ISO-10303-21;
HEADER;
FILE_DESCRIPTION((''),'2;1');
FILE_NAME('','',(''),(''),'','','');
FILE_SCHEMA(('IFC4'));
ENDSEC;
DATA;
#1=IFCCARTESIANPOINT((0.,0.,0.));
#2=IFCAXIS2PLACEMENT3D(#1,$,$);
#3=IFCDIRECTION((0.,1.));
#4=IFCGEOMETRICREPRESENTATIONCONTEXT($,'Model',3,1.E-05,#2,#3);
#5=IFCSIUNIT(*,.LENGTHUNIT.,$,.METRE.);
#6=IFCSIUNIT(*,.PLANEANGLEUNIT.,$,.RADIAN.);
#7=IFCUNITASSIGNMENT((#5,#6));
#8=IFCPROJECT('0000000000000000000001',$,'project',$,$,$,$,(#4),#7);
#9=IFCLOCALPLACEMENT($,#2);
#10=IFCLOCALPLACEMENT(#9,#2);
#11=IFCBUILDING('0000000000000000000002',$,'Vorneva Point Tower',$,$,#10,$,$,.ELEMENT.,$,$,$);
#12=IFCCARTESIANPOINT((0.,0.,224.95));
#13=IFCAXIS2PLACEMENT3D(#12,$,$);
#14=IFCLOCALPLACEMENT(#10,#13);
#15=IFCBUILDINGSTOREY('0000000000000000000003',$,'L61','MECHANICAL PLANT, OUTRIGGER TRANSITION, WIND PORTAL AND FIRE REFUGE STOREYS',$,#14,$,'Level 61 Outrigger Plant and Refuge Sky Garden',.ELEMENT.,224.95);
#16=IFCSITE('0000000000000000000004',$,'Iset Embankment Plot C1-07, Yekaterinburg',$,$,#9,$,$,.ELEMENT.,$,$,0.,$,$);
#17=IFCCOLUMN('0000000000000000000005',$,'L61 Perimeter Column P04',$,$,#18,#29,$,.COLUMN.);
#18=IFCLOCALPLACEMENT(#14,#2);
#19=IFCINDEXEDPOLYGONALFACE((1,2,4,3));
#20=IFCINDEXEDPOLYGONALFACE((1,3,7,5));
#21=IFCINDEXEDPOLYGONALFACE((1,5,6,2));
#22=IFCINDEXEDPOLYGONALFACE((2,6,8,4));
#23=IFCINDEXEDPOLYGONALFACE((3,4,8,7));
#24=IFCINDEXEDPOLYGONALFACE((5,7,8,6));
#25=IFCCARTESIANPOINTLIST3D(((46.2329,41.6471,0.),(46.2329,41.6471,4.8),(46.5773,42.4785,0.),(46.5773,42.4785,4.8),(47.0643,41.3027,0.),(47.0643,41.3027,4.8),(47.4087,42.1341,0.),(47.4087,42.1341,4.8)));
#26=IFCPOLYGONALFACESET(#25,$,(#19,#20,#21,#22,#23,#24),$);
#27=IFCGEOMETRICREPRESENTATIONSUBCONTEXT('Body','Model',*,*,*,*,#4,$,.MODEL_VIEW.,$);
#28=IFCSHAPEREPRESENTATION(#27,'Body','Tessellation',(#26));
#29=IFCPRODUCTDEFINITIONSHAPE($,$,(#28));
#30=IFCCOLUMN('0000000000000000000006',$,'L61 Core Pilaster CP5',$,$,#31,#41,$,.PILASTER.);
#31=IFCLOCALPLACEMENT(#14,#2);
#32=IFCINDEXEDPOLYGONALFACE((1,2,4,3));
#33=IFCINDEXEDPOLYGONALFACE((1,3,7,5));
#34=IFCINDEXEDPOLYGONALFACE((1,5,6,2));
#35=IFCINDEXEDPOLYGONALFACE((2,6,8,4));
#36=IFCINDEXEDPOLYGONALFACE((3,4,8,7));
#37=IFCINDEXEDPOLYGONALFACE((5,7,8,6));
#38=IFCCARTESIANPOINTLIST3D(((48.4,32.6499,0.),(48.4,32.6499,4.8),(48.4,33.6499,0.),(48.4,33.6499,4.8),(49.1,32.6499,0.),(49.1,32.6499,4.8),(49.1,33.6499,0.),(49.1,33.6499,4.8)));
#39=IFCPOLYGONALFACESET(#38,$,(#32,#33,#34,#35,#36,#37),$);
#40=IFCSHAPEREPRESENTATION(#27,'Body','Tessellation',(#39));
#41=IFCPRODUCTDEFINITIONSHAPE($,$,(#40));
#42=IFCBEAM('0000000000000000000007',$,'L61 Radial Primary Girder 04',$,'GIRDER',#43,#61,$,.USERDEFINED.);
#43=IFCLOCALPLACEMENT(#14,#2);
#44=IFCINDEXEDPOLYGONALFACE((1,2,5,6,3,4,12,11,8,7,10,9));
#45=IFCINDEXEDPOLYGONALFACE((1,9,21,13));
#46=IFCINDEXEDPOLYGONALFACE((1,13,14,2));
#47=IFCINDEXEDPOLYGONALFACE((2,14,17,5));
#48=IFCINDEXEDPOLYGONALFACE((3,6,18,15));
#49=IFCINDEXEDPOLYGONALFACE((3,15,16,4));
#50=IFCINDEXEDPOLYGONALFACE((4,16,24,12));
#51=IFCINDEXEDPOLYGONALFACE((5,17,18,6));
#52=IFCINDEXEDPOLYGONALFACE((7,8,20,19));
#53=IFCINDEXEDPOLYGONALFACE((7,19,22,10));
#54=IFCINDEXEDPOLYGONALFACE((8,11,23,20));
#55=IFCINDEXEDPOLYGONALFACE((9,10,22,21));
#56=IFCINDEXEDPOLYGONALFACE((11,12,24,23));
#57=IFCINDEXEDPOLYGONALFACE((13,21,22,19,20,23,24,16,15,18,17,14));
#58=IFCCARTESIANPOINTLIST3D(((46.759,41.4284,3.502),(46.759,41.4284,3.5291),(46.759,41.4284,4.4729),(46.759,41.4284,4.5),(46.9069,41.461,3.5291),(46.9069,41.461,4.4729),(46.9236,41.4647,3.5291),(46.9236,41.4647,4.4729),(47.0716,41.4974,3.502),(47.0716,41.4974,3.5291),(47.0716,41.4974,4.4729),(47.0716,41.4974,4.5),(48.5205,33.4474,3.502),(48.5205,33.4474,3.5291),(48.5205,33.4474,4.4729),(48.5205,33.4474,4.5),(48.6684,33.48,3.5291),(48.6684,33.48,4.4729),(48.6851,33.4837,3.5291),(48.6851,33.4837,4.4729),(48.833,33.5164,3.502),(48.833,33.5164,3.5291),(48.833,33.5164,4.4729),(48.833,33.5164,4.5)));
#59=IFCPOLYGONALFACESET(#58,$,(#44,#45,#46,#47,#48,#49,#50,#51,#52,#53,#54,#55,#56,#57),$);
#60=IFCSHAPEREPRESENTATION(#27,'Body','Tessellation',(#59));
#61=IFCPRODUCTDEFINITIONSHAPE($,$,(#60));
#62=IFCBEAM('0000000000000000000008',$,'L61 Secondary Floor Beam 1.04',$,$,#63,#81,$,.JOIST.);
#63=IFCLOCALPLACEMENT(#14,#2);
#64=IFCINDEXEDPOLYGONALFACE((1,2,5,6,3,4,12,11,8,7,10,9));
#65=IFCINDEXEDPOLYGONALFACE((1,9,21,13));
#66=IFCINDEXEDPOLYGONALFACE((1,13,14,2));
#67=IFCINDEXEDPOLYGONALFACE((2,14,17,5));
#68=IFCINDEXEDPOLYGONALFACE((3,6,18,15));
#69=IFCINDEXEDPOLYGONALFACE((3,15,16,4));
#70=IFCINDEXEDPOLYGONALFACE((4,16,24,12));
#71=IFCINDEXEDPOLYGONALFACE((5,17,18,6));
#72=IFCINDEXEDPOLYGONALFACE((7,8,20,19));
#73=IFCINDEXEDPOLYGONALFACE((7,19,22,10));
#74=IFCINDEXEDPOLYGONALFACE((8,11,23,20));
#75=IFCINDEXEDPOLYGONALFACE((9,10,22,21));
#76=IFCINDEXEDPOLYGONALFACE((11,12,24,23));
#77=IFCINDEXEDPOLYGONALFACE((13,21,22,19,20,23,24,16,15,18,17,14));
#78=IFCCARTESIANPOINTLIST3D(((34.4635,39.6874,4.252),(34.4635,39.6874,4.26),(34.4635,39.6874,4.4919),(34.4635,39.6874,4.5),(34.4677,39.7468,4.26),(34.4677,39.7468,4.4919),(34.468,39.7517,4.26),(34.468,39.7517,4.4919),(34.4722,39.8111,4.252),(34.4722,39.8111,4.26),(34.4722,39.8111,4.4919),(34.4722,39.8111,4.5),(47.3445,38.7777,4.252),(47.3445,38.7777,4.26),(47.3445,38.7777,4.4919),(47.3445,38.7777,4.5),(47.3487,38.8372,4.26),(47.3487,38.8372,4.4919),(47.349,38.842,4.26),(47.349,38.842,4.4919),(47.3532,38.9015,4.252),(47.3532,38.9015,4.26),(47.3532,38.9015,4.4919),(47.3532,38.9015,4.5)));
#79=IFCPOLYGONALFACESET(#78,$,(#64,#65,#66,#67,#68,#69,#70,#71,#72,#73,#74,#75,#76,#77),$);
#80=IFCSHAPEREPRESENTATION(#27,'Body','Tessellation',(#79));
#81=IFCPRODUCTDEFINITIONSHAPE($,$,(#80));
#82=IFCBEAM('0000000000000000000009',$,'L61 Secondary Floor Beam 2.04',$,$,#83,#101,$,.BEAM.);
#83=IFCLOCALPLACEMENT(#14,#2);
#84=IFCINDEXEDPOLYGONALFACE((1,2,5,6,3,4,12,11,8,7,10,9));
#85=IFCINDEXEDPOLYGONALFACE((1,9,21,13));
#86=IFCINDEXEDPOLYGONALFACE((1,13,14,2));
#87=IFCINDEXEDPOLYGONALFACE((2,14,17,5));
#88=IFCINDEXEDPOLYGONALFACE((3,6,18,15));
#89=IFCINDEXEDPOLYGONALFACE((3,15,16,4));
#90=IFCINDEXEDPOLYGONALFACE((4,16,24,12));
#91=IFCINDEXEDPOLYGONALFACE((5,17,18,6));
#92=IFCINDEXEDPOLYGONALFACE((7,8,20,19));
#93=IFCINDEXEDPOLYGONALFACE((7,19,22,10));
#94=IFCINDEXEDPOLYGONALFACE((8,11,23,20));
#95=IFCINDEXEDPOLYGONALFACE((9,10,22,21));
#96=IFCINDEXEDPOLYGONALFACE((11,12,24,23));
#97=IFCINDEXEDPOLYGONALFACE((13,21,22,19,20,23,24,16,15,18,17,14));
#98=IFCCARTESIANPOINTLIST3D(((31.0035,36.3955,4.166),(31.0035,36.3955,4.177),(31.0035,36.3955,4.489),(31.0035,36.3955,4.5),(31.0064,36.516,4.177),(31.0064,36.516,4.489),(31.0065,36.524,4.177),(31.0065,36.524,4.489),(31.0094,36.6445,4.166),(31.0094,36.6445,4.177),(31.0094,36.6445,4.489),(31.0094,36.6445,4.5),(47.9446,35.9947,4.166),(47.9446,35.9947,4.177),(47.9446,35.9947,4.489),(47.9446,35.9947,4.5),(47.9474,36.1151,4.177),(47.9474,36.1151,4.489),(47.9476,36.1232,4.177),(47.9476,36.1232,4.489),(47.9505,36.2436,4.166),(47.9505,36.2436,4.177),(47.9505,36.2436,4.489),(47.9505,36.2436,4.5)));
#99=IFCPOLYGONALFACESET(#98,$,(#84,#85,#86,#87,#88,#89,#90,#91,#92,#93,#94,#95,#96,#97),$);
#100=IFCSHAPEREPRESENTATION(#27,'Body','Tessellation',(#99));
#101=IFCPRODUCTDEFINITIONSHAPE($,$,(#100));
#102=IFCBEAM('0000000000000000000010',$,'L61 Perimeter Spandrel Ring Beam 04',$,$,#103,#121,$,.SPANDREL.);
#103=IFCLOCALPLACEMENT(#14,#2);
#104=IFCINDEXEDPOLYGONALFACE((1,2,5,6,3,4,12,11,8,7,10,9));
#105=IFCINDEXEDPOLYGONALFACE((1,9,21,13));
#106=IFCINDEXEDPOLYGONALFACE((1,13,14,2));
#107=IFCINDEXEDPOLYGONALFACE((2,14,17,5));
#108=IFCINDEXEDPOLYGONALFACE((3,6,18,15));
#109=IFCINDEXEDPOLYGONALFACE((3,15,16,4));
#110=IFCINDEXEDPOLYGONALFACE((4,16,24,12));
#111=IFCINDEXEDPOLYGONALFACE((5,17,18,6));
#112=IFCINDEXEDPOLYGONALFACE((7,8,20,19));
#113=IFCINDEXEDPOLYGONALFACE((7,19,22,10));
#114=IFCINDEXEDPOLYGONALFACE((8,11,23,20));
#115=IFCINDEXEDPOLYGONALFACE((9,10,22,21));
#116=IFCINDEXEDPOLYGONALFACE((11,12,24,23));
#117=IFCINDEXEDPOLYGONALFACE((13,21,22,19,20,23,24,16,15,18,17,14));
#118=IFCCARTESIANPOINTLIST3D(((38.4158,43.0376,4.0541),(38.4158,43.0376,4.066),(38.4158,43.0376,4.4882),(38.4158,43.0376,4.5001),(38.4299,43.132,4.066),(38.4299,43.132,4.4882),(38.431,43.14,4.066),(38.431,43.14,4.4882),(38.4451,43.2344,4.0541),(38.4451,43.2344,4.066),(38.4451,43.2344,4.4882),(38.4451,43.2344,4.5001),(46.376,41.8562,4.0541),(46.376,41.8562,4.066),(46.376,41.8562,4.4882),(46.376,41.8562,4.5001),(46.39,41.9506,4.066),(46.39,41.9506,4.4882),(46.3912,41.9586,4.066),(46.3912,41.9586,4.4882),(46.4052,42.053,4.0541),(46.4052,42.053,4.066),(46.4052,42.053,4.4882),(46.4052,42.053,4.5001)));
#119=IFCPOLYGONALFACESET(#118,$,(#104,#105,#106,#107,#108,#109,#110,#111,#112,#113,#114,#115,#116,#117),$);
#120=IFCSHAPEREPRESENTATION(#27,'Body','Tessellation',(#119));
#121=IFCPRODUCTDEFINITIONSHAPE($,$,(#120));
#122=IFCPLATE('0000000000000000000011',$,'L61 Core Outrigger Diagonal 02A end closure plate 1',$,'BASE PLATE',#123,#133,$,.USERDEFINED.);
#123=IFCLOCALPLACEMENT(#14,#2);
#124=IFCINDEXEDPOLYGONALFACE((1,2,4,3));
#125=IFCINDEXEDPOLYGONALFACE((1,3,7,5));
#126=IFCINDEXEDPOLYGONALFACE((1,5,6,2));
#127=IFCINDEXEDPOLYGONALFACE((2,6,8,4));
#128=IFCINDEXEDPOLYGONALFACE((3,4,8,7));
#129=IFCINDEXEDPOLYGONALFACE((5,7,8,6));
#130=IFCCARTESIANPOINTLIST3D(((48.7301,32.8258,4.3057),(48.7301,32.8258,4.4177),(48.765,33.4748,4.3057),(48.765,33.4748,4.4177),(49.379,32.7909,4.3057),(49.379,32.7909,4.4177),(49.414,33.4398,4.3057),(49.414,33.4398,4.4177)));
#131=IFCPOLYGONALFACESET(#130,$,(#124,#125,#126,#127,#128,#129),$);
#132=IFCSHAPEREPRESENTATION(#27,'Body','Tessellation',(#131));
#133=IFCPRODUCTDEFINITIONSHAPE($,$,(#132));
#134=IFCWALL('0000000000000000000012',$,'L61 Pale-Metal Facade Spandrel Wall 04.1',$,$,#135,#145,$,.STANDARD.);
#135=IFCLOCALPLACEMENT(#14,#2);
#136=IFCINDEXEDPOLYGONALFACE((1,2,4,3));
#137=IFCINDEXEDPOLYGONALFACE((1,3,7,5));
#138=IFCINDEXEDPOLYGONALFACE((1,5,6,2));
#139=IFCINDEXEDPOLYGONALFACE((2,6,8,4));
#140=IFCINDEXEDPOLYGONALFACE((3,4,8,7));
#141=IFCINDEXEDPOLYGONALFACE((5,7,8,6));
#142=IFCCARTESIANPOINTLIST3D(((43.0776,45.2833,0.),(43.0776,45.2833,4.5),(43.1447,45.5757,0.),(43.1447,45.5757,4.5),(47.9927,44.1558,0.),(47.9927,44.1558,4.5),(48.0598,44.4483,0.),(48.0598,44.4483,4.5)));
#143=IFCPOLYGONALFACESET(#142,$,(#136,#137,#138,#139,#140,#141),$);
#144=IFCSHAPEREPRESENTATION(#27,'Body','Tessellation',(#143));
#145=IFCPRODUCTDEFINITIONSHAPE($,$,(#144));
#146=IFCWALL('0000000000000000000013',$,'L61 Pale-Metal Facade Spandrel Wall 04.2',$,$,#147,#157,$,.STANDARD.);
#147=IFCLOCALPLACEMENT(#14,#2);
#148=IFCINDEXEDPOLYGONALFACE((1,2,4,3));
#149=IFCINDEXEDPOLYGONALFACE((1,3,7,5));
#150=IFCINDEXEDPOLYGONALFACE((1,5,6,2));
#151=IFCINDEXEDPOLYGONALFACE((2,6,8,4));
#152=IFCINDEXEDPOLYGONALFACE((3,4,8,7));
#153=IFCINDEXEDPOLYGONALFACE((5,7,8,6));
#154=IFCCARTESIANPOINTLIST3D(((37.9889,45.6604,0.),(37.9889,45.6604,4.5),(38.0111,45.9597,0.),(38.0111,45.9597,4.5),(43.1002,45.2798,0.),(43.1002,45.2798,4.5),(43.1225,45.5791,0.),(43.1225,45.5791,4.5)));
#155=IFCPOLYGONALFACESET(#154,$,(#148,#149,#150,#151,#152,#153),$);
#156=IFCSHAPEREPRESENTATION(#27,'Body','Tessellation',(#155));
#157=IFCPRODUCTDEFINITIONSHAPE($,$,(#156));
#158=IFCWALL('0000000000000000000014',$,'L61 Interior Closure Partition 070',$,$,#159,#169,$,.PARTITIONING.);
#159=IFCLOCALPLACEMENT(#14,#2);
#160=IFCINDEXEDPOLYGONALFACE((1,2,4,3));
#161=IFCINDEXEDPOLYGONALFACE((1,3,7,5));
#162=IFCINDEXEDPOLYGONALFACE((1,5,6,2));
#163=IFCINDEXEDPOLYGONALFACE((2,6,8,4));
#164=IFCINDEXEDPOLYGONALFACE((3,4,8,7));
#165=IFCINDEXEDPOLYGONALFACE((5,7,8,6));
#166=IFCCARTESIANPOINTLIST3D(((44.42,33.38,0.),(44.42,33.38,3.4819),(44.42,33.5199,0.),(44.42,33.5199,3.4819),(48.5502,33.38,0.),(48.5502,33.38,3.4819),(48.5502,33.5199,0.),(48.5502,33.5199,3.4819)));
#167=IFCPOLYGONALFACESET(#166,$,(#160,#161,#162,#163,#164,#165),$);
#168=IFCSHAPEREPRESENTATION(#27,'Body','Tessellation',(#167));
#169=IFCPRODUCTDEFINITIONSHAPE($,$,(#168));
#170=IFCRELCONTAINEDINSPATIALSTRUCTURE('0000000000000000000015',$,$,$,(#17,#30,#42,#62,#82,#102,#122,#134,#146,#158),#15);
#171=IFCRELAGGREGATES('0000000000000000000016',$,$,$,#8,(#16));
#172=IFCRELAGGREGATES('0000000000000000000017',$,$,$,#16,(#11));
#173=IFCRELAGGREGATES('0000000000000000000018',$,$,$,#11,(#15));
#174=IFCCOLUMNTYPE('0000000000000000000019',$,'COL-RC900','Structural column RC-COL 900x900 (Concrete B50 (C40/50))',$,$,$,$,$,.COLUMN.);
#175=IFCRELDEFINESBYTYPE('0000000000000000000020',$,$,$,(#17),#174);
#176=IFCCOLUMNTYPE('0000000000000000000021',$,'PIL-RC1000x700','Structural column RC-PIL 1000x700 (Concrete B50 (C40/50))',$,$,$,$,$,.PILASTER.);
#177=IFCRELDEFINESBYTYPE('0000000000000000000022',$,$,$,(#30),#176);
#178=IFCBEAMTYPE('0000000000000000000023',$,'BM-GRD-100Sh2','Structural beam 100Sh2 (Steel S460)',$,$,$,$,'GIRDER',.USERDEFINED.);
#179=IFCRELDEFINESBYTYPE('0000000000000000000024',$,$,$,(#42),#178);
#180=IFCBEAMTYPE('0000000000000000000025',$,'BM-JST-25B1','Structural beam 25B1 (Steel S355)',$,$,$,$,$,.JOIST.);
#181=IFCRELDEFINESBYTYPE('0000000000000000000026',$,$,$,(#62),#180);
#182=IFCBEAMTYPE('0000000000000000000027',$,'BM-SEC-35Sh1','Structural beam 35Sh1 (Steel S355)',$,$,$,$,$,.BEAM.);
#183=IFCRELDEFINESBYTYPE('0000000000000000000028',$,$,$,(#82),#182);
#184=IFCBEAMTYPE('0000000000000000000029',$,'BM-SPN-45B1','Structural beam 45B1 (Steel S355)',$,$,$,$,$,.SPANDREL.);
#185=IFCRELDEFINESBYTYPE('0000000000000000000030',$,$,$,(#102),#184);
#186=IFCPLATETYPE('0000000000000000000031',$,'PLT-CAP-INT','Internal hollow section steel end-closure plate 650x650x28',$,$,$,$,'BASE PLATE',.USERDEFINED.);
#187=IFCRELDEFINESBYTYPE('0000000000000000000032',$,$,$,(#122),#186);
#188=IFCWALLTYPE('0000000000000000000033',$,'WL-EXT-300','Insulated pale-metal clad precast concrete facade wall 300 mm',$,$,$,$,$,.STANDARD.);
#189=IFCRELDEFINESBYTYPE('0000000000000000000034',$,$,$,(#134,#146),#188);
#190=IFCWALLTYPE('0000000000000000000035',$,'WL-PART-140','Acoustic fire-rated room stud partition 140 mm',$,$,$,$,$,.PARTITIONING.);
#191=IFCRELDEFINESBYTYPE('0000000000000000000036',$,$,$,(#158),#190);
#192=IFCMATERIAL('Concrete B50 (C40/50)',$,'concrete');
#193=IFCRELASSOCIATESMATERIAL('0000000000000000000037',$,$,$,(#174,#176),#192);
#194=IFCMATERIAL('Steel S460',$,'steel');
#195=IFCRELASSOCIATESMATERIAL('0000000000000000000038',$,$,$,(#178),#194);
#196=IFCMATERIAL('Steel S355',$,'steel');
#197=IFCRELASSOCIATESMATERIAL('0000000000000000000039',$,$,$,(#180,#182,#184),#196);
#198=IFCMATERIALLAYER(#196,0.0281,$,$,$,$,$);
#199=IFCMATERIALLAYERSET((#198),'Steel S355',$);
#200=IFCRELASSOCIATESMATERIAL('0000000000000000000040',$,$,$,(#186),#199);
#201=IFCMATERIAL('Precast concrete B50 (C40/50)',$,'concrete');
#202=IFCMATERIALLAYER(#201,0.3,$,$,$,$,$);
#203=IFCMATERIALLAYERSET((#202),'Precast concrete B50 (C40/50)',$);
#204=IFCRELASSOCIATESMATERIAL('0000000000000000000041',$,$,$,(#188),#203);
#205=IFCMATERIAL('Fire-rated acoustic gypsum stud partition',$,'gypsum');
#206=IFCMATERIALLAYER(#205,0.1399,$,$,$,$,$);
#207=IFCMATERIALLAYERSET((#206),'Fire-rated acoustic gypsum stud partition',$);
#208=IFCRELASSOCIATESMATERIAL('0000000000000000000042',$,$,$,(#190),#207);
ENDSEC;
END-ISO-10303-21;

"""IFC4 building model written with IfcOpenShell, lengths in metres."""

from ifc_helpers import new_model, si_unit, direction, frame, frame_2d, origin, origin_2d, place, context, subcontext, project, spatial, rectangle, i_section, extrude, material, layer, layer_set, material_profile, profile_set, type_object, element, save


model = new_model("IFC4")

# Units and contexts
model_context = context("Model", 3, precision=1e-05, world=origin(), true_north=direction((0.0, 1.0)))
body_context = subcontext(model_context, "Body", "Model", "MODEL_VIEW")
ifc_project = project(units=[si_unit("LENGTHUNIT", "METRE"), si_unit("PLANEANGLEUNIT", "RADIAN")], contexts=[model_context])

# Site, building, storey
site_placement = place(None, origin())
site = spatial("IfcSite", under=ifc_project, at=site_placement, Name="Iset Embankment Plot C1-07, Yekaterinburg", CompositionType="ELEMENT", RefElevation=0.0)
building_placement = place(site_placement, origin())
building = spatial("IfcBuilding", under=site, at=building_placement, Name="Vorneva Point Tower", CompositionType="ELEMENT")
storey_placement = place(building_placement, frame((0.0, 0.0, 224.95)))
storey = spatial("IfcBuildingStorey", under=building, at=storey_placement, Name="L61", Description="MECHANICAL PLANT, OUTRIGGER TRANSITION, WIND PORTAL AND FIRE REFUGE STOREYS", LongName="Level 61 Outrigger Plant and Refuge Sky Garden", CompositionType="ELEMENT", Elevation=224.95)

# Columns
ifc_material_1 = material(Name="Concrete B50 (C40/50)", Category="concrete")
ifc_material_profile_1 = material_profile(ifc_material_1, rectangle(XDim=0.8999, YDim=0.8999, at=origin_2d()), Name="RC-COL 900x900")
ifc_profile_set_1 = profile_set([ifc_material_profile_1], Name="Concrete B50 (C40/50)")
column_type_1 = type_object("IfcColumnType", Name="COL-RC900", Description="Structural column RC-COL 900x900 (Concrete B50 (C40/50))", PredefinedType="COLUMN", material=ifc_profile_set_1)
column_1_placement = place(storey_placement, frame((46.8208, 41.8906, 0.0), z_axis=(0.0, 0.0, 1.0), x_axis=(0.382683, 0.92388, 0.0)))
element("IfcColumn", 1, at=column_1_placement, inside=storey, type_object=column_type_1, Name="L61 Perimeter Column P04", PredefinedType="COLUMN", context=body_context, shape_type="SweptSolid", body=[
    extrude(rectangle(XDim=0.8999, YDim=0.8999, at=origin_2d()), origin(), (0.0, 0.0, 1.0), 4.8),
])
ifc_material_profile_2 = material_profile(ifc_material_1, rectangle(XDim=0.7, YDim=1.0, at=origin_2d()), Name="RC-PIL 1000x700")
ifc_profile_set_2 = profile_set([ifc_material_profile_2], Name="Concrete B50 (C40/50)")
column_type_2 = type_object("IfcColumnType", Name="PIL-RC1000x700", Description="Structural column RC-PIL 1000x700 (Concrete B50 (C40/50))", PredefinedType="PILASTER", material=ifc_profile_set_2)
column_2_placement = place(storey_placement, frame((48.75, 33.1499, 0.0), z_axis=(0.0, 0.0, 1.0), x_axis=(1.0, 0.0, 0.0)))
element("IfcColumn", 2, at=column_2_placement, inside=storey, type_object=column_type_2, Name="L61 Core Pilaster CP5", PredefinedType="PILASTER", context=body_context, shape_type="SweptSolid", body=[
    extrude(rectangle(XDim=0.7, YDim=1.0, at=origin_2d()), origin(), (0.0, 0.0, 1.0), 4.8),
])

# Beams
ifc_material_2 = material(Name="Steel S460", Category="steel")
ifc_material_profile_3 = material_profile(ifc_material_2, i_section(OverallWidth=0.3201, OverallDepth=0.998, WebThickness=0.0171, FlangeThickness=0.0271, at=origin_2d()), Name="100Sh2")
ifc_profile_set_3 = profile_set([ifc_material_profile_3], Name="Steel S460")
beam_type_1 = type_object("IfcBeamType", Name="BM-GRD-100Sh2", Description="Structural beam 100Sh2 (Steel S460)", ElementType="GIRDER", PredefinedType="USERDEFINED", material=ifc_profile_set_3)
beam_1_placement = place(storey_placement, frame((46.9153, 41.4629, 4.001), z_axis=(0.215523, -0.976499, 0.0), x_axis=(0.976499, 0.215523, 0.0)))
element("IfcBeam", 3, at=beam_1_placement, inside=storey, type_object=beam_type_1, Name="L61 Radial Primary Girder 04", ObjectType="GIRDER", PredefinedType="USERDEFINED", context=body_context, shape_type="SweptSolid", body=[
    extrude(i_section(OverallWidth=0.3201, OverallDepth=0.998, WebThickness=0.0171, FlangeThickness=0.0271, at=origin_2d()), origin(), (0.0, 0.0, 1.0), 8.1731),
])
ifc_material_3 = material(Name="Steel S355", Category="steel")
ifc_material_profile_4 = material_profile(ifc_material_3, i_section(OverallWidth=0.124, OverallDepth=0.248, WebThickness=0.0049, FlangeThickness=0.0081, at=origin_2d()), Name="25B1")
ifc_profile_set_4 = profile_set([ifc_material_profile_4], Name="Steel S355")
beam_type_2 = type_object("IfcBeamType", Name="BM-JST-25B1", Description="Structural beam 25B1 (Steel S355)", PredefinedType="JOIST", material=ifc_profile_set_4)
beam_2_placement = place(storey_placement, frame((47.3489, 38.8396, 4.376), z_axis=(-0.997516, 0.070445, 0.0), x_axis=(-0.070445, -0.997516, 0.0)))
element("IfcBeam", 4, at=beam_2_placement, inside=storey, type_object=beam_type_2, Name="L61 Secondary Floor Beam 1.04", PredefinedType="JOIST", context=body_context, shape_type="SweptSolid", body=[
    extrude(i_section(OverallWidth=0.124, OverallDepth=0.248, WebThickness=0.0049, FlangeThickness=0.0081, at=origin_2d()), origin(), (0.0, 0.0, 1.0), 12.9131),
])
ifc_material_profile_5 = material_profile(ifc_material_3, i_section(OverallWidth=0.249, OverallDepth=0.334, WebThickness=0.0081, FlangeThickness=0.011, at=origin_2d()), Name="35Sh1")
ifc_profile_set_5 = profile_set([ifc_material_profile_5], Name="Steel S355")
beam_type_3 = type_object("IfcBeamType", Name="BM-SEC-35Sh1", Description="Structural beam 35Sh1 (Steel S355)", PredefinedType="BEAM", material=ifc_profile_set_5)
beam_3_placement = place(storey_placement, frame((47.9475, 36.1191, 4.333), z_axis=(-0.99972, 0.023656, 0.0), x_axis=(-0.023656, -0.99972, 0.0)))
element("IfcBeam", 5, at=beam_3_placement, inside=storey, type_object=beam_type_3, Name="L61 Secondary Floor Beam 2.04", PredefinedType="BEAM", context=body_context, shape_type="SweptSolid", body=[
    extrude(i_section(OverallWidth=0.249, OverallDepth=0.334, WebThickness=0.0081, FlangeThickness=0.011, at=origin_2d()), origin(), (0.0, 0.0, 1.0), 16.9458),
])
ifc_material_profile_6 = material_profile(ifc_material_3, i_section(OverallWidth=0.199, OverallDepth=0.446, WebThickness=0.0081, FlangeThickness=0.012, at=origin_2d()), Name="45B1")
ifc_profile_set_6 = profile_set([ifc_material_profile_6], Name="Steel S355")
beam_type_4 = type_object("IfcBeamType", Name="BM-SPN-45B1", Description="Structural beam 45B1 (Steel S355)", PredefinedType="SPANDREL", material=ifc_profile_set_6)
beam_4_placement = place(storey_placement, frame((46.3906, 41.9546, 4.2771), z_axis=(-0.989165, 0.146805, 0.0), x_axis=(-0.146805, -0.989165, 0.0)))
element("IfcBeam", 6, at=beam_4_placement, inside=storey, type_object=beam_type_4, Name="L61 Perimeter Spandrel Ring Beam 04", PredefinedType="SPANDREL", context=body_context, shape_type="SweptSolid", body=[
    extrude(i_section(OverallWidth=0.199, OverallDepth=0.446, WebThickness=0.0081, FlangeThickness=0.012, at=origin_2d()), origin(), (0.0, 0.0, 1.0), 8.0474),
])

# Plate
ifc_layer_1 = layer(ifc_material_3, 0.0281)
ifc_layer_set_1 = layer_set([ifc_layer_1], Name="Steel S355")
plate_type = type_object("IfcPlateType", Name="PLT-CAP-INT", Description="Internal hollow section steel end-closure plate 650x650x28", ElementType="BASE PLATE", PredefinedType="USERDEFINED", material=ifc_layer_set_1)
plate_placement = place(storey_placement, frame((49.072, 33.1328, 4.3057), z_axis=(0.0, 0.0, 1.0), x_axis=(0.998554, -0.053765, 0.0)))
element("IfcPlate", 7, at=plate_placement, inside=storey, type_object=plate_type, Name="L61 Core Outrigger Diagonal 02A end closure plate 1", ObjectType="BASE PLATE", PredefinedType="USERDEFINED", context=body_context, shape_type="SweptSolid", body=[
    extrude(rectangle(XDim=0.6499, YDim=0.6499, at=origin_2d()), origin(), (0.0, 0.0, 1.0), 0.1121),
])

# Walls
ifc_material_4 = material(Name="Precast concrete B50 (C40/50)", Category="concrete")
ifc_layer_2 = layer(ifc_material_4, 0.3)
ifc_layer_set_2 = layer_set([ifc_layer_2], Name="Precast concrete B50 (C40/50)")
wall_type_1 = type_object("IfcWallType", Name="WL-EXT-300", Description="Insulated pale-metal clad precast concrete facade wall 300 mm", PredefinedType="STANDARD", material=ifc_layer_set_2)
wall_1_placement = place(storey_placement, frame((48.0264, 44.302, 0.0), z_axis=(0.0, 0.0, 1.0), x_axis=(-0.974686, 0.223579, 0.0)))
element("IfcWall", 8, at=wall_1_placement, inside=storey, type_object=wall_type_1, Name="L61 Pale-Metal Facade Spandrel Wall 04.1", PredefinedType="STANDARD", context=body_context, shape_type="SweptSolid", body=[
    extrude(rectangle(XDim=5.0427, YDim=0.3, at=frame_2d((2.5215, 0.0))), origin(), (0.0, 0.0, 1.0), 4.5),
])
wall_2_placement = place(storey_placement, frame((43.1113, 45.4294, 0.0), z_axis=(0.0, 0.0, 1.0), x_axis=(-0.997239, 0.074259, 0.0)))
element("IfcWall", 9, at=wall_2_placement, inside=storey, type_object=wall_type_1, Name="L61 Pale-Metal Facade Spandrel Wall 04.2", PredefinedType="STANDARD", context=body_context, shape_type="SweptSolid", body=[
    extrude(rectangle(XDim=5.1255, YDim=0.3, at=frame_2d((2.5627, 0.0))), origin(), (0.0, 0.0, 1.0), 4.5),
])
ifc_material_5 = material(Name="Fire-rated acoustic gypsum stud partition", Category="gypsum")
ifc_layer_3 = layer(ifc_material_5, 0.1399)
ifc_layer_set_3 = layer_set([ifc_layer_3], Name="Fire-rated acoustic gypsum stud partition")
wall_type_2 = type_object("IfcWallType", Name="WL-PART-140", Description="Acoustic fire-rated room stud partition 140 mm", PredefinedType="PARTITIONING", material=ifc_layer_set_3)
wall_3_placement = place(storey_placement, frame((48.55, 33.45, 0.0), z_axis=(0.0, 0.0, 1.0), x_axis=(-1.0, 0.0, 0.0)))
element("IfcWall", 10, at=wall_3_placement, inside=storey, type_object=wall_type_2, Name="L61 Interior Closure Partition 070", PredefinedType="PARTITIONING", context=body_context, shape_type="SweptSolid", body=[
    extrude(rectangle(XDim=4.1301, YDim=0.1399, at=frame_2d((2.0649, 0.0))), origin(), (0.0, 0.0, 1.0), 3.4819),
])

save(model, "model.ifc")
